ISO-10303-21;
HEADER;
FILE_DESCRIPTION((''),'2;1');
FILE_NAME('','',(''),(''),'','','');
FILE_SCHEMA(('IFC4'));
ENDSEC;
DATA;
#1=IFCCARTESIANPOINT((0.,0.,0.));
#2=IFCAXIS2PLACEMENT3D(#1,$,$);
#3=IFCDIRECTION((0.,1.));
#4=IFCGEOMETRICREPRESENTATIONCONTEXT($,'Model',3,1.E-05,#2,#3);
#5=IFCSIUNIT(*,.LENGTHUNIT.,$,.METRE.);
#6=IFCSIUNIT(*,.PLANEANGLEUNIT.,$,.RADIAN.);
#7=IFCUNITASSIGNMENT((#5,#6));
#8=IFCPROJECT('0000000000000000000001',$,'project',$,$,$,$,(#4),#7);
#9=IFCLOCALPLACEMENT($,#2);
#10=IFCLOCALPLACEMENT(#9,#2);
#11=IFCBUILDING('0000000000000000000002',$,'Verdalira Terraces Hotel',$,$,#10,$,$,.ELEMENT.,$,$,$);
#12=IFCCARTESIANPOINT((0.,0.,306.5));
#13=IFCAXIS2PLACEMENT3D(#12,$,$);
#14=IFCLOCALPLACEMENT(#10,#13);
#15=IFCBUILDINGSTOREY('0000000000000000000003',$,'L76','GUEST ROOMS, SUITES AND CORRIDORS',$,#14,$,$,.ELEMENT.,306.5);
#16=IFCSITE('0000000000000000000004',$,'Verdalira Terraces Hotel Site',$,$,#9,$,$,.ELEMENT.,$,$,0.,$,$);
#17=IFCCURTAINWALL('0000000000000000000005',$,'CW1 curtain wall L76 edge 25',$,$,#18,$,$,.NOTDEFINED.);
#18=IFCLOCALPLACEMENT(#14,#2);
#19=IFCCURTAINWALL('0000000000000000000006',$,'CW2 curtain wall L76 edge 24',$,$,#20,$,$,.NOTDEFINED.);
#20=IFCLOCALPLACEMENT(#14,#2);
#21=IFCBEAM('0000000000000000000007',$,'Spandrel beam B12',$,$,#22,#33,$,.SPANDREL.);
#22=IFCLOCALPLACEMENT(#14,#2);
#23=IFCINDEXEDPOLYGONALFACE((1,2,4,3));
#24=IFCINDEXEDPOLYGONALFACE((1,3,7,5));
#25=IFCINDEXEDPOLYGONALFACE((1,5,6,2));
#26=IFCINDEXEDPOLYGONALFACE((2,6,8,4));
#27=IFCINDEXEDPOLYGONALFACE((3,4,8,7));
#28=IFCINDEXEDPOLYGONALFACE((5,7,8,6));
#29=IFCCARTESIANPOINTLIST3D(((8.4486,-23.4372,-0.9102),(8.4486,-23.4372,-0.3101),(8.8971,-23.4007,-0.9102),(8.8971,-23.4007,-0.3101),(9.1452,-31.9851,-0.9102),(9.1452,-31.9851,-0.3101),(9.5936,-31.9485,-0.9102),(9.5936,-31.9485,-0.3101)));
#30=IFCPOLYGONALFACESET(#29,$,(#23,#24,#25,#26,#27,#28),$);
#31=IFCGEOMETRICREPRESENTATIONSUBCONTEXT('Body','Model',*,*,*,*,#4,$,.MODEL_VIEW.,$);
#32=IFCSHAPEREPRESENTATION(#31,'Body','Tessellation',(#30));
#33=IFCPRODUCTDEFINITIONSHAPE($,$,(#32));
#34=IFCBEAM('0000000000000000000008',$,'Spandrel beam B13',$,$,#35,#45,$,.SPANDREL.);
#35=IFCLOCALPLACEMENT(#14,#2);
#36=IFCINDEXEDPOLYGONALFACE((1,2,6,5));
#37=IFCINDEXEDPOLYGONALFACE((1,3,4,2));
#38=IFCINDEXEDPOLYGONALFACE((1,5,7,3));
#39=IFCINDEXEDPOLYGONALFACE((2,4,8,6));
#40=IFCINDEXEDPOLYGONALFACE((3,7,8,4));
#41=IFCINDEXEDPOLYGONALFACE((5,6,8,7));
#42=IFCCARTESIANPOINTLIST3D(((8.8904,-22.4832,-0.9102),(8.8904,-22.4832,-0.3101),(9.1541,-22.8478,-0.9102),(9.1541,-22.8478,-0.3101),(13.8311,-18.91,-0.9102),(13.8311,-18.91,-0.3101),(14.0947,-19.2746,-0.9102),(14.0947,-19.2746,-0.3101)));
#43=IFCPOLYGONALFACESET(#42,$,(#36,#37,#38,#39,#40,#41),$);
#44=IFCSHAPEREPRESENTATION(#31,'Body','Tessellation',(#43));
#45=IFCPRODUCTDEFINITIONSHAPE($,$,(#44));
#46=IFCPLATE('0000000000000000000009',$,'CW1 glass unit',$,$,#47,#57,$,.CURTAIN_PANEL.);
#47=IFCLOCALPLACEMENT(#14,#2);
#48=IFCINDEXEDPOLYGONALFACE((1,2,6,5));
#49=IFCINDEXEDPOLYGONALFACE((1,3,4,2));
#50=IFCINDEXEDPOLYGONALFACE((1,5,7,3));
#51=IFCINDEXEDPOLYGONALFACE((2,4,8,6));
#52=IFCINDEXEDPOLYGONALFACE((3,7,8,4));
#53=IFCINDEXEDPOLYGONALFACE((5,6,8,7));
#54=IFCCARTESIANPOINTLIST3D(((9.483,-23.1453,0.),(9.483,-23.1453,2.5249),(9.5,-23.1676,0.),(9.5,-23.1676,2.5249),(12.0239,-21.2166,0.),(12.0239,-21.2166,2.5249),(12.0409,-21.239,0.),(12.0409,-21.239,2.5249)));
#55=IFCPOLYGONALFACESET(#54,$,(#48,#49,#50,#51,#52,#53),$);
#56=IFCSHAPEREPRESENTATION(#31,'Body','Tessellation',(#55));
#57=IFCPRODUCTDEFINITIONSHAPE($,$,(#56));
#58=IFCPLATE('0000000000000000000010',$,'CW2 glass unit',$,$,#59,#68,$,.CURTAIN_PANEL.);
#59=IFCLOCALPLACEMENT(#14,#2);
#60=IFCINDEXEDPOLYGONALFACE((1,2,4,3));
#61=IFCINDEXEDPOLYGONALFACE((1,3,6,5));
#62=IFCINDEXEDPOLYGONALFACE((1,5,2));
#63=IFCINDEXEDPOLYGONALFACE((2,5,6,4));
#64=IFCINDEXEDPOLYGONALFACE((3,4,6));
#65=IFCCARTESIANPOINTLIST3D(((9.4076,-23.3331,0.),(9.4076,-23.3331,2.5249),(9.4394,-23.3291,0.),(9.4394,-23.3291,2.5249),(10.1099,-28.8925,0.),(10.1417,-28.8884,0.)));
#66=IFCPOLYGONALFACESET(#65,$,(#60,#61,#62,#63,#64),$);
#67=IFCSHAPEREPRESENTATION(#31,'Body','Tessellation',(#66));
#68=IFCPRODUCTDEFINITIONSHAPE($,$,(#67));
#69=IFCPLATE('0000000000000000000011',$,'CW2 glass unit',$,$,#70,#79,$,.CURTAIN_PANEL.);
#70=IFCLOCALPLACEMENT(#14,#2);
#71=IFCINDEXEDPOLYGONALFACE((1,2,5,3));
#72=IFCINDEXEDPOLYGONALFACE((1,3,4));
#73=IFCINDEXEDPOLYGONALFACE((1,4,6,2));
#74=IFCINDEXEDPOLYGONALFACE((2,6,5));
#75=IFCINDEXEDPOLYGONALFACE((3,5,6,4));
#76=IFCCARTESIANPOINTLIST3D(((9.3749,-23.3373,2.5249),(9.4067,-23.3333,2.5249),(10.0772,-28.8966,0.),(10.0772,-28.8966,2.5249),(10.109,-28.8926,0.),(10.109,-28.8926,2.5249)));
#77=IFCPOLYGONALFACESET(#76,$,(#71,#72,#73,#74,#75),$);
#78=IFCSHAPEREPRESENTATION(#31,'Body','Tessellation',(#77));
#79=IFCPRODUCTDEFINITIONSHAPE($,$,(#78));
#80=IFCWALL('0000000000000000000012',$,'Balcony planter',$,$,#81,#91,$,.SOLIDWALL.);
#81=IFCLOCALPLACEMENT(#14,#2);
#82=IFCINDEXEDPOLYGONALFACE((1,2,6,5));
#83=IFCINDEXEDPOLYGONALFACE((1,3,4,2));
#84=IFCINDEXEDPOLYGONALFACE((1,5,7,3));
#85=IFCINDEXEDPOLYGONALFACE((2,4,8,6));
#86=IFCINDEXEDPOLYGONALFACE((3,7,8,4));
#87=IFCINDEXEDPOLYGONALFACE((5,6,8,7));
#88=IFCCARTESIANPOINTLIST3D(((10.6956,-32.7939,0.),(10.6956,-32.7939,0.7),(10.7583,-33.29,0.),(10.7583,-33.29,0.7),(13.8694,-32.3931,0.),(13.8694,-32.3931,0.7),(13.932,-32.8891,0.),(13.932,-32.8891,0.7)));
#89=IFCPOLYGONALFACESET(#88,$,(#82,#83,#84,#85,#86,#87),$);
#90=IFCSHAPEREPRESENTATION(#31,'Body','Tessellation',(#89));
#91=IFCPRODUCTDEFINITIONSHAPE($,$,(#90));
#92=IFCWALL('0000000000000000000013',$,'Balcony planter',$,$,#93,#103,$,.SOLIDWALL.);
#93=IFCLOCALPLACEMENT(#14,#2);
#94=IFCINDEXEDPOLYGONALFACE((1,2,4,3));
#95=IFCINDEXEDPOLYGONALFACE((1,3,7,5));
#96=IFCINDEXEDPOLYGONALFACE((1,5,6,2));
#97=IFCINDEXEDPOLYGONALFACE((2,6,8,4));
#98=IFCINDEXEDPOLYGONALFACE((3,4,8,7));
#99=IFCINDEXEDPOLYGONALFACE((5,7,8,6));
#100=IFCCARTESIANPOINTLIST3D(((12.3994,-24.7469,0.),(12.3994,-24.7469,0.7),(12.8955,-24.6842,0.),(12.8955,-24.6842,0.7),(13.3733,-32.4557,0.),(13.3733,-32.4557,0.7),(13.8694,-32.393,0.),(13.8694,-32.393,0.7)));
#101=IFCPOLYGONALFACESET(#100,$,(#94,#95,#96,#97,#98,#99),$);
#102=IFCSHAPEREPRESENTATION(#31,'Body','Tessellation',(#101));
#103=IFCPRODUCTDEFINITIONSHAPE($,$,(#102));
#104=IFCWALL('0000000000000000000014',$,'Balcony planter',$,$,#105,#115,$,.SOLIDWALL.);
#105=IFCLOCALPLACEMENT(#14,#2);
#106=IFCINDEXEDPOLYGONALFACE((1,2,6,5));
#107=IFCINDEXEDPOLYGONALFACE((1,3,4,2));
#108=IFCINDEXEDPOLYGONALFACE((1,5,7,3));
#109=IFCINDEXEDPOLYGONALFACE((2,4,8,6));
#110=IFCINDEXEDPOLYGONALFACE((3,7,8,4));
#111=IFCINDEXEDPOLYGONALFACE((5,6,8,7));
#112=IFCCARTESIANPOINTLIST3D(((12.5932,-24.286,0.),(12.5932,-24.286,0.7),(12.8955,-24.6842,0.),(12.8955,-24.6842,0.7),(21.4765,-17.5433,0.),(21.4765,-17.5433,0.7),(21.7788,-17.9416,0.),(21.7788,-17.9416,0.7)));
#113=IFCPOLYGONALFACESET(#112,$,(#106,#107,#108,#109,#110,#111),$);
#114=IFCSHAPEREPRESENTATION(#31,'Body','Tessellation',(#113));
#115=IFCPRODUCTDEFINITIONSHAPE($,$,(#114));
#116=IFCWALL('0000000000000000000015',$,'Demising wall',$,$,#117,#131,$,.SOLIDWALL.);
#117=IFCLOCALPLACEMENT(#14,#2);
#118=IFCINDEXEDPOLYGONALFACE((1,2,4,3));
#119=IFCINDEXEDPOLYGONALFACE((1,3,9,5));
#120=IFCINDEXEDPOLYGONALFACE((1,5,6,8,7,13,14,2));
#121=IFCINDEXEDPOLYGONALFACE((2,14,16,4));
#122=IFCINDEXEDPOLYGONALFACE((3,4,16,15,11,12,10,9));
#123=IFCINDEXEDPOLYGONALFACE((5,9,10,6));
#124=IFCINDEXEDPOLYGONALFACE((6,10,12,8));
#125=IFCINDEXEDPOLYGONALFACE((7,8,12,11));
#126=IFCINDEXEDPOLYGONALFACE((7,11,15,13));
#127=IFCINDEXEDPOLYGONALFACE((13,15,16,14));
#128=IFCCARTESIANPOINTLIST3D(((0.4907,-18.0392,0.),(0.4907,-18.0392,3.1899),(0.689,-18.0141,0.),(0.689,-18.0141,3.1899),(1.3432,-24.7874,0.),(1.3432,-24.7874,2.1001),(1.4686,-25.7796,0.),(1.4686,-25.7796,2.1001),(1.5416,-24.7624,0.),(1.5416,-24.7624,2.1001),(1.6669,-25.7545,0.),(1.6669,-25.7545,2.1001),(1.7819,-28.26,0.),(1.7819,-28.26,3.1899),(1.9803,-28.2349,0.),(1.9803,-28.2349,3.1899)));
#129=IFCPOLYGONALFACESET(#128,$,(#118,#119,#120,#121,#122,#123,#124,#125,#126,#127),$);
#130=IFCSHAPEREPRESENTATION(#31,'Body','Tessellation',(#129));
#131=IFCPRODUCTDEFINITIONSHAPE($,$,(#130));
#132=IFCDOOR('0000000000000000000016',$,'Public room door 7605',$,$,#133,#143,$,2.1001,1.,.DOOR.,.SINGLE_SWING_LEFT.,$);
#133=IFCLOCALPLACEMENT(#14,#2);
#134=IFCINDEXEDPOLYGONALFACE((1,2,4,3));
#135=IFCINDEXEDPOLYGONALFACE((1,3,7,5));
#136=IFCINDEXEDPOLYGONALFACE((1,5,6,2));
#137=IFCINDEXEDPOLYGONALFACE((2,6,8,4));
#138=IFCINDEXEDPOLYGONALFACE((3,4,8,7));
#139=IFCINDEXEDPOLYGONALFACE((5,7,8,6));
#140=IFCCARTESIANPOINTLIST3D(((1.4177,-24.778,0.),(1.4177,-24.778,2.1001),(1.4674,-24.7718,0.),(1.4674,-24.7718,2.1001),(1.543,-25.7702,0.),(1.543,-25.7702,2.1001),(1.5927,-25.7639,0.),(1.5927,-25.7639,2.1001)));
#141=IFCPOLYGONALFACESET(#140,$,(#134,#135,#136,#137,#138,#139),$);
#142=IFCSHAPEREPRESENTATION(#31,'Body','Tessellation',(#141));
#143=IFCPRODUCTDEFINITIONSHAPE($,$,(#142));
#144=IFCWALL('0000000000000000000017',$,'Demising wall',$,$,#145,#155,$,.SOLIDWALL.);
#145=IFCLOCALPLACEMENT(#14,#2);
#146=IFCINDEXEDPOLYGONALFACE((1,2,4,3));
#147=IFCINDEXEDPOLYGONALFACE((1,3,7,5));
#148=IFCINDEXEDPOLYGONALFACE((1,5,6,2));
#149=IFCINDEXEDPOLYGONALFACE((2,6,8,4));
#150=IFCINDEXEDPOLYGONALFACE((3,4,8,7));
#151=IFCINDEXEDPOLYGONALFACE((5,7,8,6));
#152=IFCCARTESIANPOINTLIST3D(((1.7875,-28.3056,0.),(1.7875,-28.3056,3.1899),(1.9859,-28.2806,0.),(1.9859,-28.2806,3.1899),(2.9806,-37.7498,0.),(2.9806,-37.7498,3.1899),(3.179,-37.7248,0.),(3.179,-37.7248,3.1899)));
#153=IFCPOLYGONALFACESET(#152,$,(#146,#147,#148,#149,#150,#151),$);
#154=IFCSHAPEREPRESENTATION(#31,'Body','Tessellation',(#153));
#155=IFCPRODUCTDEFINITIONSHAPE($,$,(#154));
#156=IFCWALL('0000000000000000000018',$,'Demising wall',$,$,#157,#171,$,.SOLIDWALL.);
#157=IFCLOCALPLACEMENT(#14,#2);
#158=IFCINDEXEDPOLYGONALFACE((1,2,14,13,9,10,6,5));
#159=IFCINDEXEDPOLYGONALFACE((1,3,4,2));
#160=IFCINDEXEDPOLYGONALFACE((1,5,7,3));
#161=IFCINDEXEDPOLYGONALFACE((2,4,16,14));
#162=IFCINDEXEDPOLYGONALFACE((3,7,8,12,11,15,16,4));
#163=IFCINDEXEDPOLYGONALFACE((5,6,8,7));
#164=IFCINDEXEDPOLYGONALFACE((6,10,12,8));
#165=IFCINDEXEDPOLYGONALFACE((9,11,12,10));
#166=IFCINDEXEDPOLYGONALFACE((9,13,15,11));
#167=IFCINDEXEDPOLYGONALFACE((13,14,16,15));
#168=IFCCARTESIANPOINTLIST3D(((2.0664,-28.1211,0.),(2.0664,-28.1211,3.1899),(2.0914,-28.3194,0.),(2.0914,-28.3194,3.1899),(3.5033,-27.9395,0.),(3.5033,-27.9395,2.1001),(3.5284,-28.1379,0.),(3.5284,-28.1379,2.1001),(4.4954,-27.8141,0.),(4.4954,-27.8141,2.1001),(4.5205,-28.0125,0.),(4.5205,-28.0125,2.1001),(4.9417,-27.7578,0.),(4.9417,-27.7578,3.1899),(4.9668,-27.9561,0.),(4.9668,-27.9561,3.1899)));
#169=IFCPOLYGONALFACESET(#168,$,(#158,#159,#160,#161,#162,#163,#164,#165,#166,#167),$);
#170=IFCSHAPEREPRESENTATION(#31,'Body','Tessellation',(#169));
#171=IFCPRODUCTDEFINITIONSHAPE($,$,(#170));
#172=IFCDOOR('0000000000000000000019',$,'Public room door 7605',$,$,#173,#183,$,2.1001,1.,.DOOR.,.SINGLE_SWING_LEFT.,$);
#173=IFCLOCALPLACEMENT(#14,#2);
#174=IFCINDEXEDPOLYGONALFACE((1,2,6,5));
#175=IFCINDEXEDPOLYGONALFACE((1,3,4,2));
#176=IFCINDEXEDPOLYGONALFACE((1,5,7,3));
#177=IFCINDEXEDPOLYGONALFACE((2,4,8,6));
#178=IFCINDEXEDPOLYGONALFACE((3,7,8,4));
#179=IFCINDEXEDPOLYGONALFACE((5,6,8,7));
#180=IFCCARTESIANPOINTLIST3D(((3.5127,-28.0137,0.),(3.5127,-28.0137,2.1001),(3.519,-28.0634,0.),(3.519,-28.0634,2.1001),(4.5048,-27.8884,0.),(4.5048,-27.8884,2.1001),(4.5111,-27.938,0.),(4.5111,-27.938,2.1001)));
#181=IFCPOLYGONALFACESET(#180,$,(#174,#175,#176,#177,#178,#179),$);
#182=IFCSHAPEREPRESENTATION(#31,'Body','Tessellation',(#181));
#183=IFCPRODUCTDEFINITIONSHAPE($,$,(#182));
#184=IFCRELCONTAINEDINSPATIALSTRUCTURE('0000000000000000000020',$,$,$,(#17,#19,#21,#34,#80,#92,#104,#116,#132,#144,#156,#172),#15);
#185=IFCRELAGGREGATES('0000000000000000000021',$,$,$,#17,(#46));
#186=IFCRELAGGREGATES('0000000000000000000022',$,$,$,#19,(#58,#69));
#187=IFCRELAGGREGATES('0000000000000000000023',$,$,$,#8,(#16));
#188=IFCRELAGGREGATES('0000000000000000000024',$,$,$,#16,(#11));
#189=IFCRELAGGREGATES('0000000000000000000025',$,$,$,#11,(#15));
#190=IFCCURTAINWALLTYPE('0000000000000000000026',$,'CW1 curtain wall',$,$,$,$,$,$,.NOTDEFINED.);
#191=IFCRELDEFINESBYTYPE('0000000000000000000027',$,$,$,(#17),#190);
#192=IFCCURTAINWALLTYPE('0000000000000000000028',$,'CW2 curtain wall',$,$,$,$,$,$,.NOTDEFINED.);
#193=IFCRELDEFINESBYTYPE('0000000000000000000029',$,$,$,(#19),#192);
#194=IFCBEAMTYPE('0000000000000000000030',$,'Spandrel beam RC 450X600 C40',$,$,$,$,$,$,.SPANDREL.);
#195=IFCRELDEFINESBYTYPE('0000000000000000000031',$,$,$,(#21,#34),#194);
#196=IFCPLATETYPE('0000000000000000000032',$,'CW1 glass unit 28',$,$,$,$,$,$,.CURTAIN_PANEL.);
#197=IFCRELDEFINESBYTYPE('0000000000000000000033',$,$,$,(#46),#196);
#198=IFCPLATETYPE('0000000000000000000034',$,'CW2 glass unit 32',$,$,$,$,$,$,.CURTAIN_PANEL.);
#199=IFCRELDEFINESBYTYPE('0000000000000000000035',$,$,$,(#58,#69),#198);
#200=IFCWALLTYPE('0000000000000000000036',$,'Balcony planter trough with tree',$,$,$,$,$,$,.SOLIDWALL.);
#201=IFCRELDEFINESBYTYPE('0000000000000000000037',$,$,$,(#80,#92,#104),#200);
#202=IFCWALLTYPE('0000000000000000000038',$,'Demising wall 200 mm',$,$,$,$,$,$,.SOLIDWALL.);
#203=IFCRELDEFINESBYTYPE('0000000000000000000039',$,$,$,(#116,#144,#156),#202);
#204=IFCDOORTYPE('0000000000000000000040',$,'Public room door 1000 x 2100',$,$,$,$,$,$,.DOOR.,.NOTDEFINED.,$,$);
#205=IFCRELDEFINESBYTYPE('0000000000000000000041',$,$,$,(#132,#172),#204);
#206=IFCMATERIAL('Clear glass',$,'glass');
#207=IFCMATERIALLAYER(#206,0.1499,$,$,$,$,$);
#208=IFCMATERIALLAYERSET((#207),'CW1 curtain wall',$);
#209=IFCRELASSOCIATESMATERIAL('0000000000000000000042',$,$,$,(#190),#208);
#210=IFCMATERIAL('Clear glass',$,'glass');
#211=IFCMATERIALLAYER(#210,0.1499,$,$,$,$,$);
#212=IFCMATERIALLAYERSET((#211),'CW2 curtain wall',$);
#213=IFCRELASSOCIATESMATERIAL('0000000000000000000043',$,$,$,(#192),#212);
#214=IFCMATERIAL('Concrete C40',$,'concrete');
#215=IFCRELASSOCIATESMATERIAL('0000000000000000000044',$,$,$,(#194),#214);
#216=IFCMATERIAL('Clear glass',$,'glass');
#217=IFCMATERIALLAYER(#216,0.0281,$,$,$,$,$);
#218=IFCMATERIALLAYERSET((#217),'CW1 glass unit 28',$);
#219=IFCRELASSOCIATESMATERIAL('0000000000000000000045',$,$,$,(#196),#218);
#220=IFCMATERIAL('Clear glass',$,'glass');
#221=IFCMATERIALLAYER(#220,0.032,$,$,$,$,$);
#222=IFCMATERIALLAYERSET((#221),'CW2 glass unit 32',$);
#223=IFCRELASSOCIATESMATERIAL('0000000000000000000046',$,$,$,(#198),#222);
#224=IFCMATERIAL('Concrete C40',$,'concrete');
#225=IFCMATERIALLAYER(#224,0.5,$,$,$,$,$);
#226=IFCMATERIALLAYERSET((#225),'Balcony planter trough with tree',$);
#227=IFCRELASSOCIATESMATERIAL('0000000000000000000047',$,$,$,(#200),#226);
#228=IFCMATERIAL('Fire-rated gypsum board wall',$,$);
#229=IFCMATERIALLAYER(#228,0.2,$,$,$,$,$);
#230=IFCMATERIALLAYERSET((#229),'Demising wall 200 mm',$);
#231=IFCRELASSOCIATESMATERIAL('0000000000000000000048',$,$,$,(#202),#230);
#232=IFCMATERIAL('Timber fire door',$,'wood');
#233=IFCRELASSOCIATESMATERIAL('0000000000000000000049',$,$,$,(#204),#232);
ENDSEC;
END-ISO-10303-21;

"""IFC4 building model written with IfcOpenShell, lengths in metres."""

from ifc_helpers import new_model, si_unit, direction, frame, frame_2d, origin, origin_2d, place, context, subcontext, project, spatial, polyline, rectangle, outline, extrude, material, layer, layer_set, material_profile, profile_set, type_object, element, fill, aggregate, save


model = new_model("IFC4")

# Units and contexts
model_context = context("Model", 3, precision=1e-05, world=origin(), true_north=direction((0.0, 1.0)))
body_context = subcontext(model_context, "Body", "Model", "MODEL_VIEW")
ifc_project = project(units=[si_unit("LENGTHUNIT", "METRE"), si_unit("PLANEANGLEUNIT", "RADIAN")], contexts=[model_context])

# Site, building, storey
site_placement = place(None, origin())
site = spatial("IfcSite", under=ifc_project, at=site_placement, Name="Verdalira Terraces Hotel Site", CompositionType="ELEMENT", RefElevation=0.0)
building_placement = place(site_placement, origin())
building = spatial("IfcBuilding", under=site, at=building_placement, Name="Verdalira Terraces Hotel", CompositionType="ELEMENT")
storey_placement = place(building_placement, frame((0.0, 0.0, 306.5)))
storey = spatial("IfcBuildingStorey", under=building, at=storey_placement, Name="L76", Description="GUEST ROOMS, SUITES AND CORRIDORS", CompositionType="ELEMENT", Elevation=306.5)

# Curtain walls
ifc_material_1 = material(Name="Clear glass", Category="glass")
ifc_layer_1 = layer(ifc_material_1, 0.1499)
ifc_layer_set_1 = layer_set([ifc_layer_1], Name="CW1 curtain wall")
curtain_wall_type_1 = type_object("IfcCurtainWallType", Name="CW1 curtain wall", PredefinedType="NOTDEFINED", material=ifc_layer_set_1)
curtain_wall_1_placement = place(storey_placement, origin())
curtain_wall_1 = element("IfcCurtainWall", 1, at=curtain_wall_1_placement, inside=storey, type_object=curtain_wall_type_1, Name="CW1 curtain wall L76 edge 25", PredefinedType="NOTDEFINED")
ifc_material_2 = material(Name="Clear glass", Category="glass")
ifc_layer_2 = layer(ifc_material_2, 0.1499)
ifc_layer_set_2 = layer_set([ifc_layer_2], Name="CW2 curtain wall")
curtain_wall_type_2 = type_object("IfcCurtainWallType", Name="CW2 curtain wall", PredefinedType="NOTDEFINED", material=ifc_layer_set_2)
curtain_wall_2_placement = place(storey_placement, origin())
curtain_wall_2 = element("IfcCurtainWall", 2, at=curtain_wall_2_placement, inside=storey, type_object=curtain_wall_type_2, Name="CW2 curtain wall L76 edge 24", PredefinedType="NOTDEFINED")

# Beams
ifc_material_3 = material(Name="Concrete C40", Category="concrete")
ifc_material_profile_1 = material_profile(ifc_material_3, rectangle(XDim=0.45, YDim=0.6001, at=origin_2d()), Name="RC 450X600")
ifc_profile_set_1 = profile_set([ifc_material_profile_1], Name="Concrete C40")
beam_type_1 = type_object("IfcBeamType", Name="Spandrel beam RC 450X600 C40", PredefinedType="SPANDREL", material=ifc_profile_set_1)
beam_1_placement = place(storey_placement, frame((9.3694, -31.9668, -0.6101), z_axis=(-0.081217, 0.996696, 0.0), x_axis=(-0.996696, -0.081217, 0.0)))
element("IfcBeam", 3, at=beam_1_placement, inside=storey, type_object=beam_type_1, Name="Spandrel beam B12", PredefinedType="SPANDREL", context=body_context, shape_type="SweptSolid", body=[
    extrude(rectangle(XDim=0.45, YDim=0.6001, at=origin_2d()), origin(), (0.0, 0.0, 1.0), 8.5762),
])
beam_2_placement = place(storey_placement, frame((9.0222, -22.6655, -0.6101), z_axis=(0.810292, 0.586027, 0.0), x_axis=(-0.586027, 0.810292, 0.0)))
element("IfcBeam", 4, at=beam_2_placement, inside=storey, type_object=beam_type_1, Name="Spandrel beam B13", PredefinedType="SPANDREL", context=body_context, shape_type="SweptSolid", body=[
    extrude(rectangle(XDim=0.45, YDim=0.6001, at=origin_2d()), origin(), (0.0, 0.0, 1.0), 6.0974),
])

# Plates
ifc_material_4 = material(Name="Clear glass", Category="glass")
ifc_layer_3 = layer(ifc_material_4, 0.0281)
ifc_layer_set_3 = layer_set([ifc_layer_3], Name="CW1 glass unit 28")
plate_type_1 = type_object("IfcPlateType", Name="CW1 glass unit 28", PredefinedType="CURTAIN_PANEL", material=ifc_layer_set_3)
plate_1_placement = place(storey_placement, frame((10.762, -22.1921, 0.0), z_axis=(0.0, 0.0, 1.0), x_axis=(0.79653, 0.604599, 0.0)))
plate_1 = element("IfcPlate", 5, at=plate_1_placement, type_object=plate_type_1, Name="CW1 glass unit", PredefinedType="CURTAIN_PANEL", context=body_context, shape_type="SweptSolid", body=[
    extrude(rectangle(XDim=3.1899, YDim=0.0281, at=origin_2d()), origin(), (0.0, 0.0, 1.0), 2.5249),
])
aggregate(curtain_wall_1, [plate_1])
ifc_material_5 = material(Name="Clear glass", Category="glass")
ifc_layer_4 = layer(ifc_material_5, 0.032)
ifc_layer_set_4 = layer_set([ifc_layer_4], Name="CW2 glass unit 32")
plate_type_2 = type_object("IfcPlateType", Name="CW2 glass unit 32", PredefinedType="CURTAIN_PANEL", material=ifc_layer_set_4)
plate_2_placement = place(storey_placement, frame((9.7588, -26.1128, 1.2625), z_axis=(0.992115, 0.125333, 0.0), x_axis=(-0.125333, 0.992115, 0.0)))
plate_2 = element("IfcPlate", 6, at=plate_2_placement, type_object=plate_type_2, Name="CW2 glass unit", PredefinedType="CURTAIN_PANEL", context=body_context, shape_type="SweptSolid", body=[
    extrude(outline(polyline([(-2.8018, -1.2625), (2.8018, -1.2625), (2.8018, 1.2625), (-2.8018, -1.2625)])), origin(), (0.0, 0.0, 1.0), 0.032),
])
plate_3_placement = place(storey_placement, frame((9.7261, -26.1169, 1.2625), z_axis=(0.992115, 0.125333, 0.0), x_axis=(-0.125333, 0.992115, 0.0)))
plate_3 = element("IfcPlate", 7, at=plate_3_placement, type_object=plate_type_2, Name="CW2 glass unit", PredefinedType="CURTAIN_PANEL", context=body_context, shape_type="SweptSolid", body=[
    extrude(outline(polyline([(-2.8018, -1.2625), (2.8018, 1.2625), (-2.8018, 1.2625), (-2.8018, -1.2625)])), origin(), (0.0, 0.0, 1.0), 0.032),
])
aggregate(curtain_wall_2, [plate_2, plate_3])

# Walls
ifc_material_6 = material(Name="Concrete C40", Category="concrete")
ifc_layer_5 = layer(ifc_material_6, 0.5)
ifc_layer_set_5 = layer_set([ifc_layer_5], Name="Balcony planter trough with tree")
wall_type_1 = type_object("IfcWallType", Name="Balcony planter trough with tree", PredefinedType="SOLIDWALL", material=ifc_layer_set_5)
wall_1_placement = place(storey_placement, frame((10.7268, -33.042, 0.0), z_axis=(0.0, 0.0, 1.0), x_axis=(0.992117, 0.125312, 0.0)))
element("IfcWall", 8, at=wall_1_placement, inside=storey, type_object=wall_type_1, Name="Balcony planter", PredefinedType="SOLIDWALL", context=body_context, shape_type="SweptSolid", body=[
    extrude(rectangle(XDim=3.199, YDim=0.5, at=frame_2d((1.5996, 0.0))), origin(), (0.0, 0.0, 1.0), 0.7),
])
wall_2_placement = place(storey_placement, frame((13.6213, -32.4243, 0.0), z_axis=(0.0, 0.0, 1.0), x_axis=(-0.125338, 0.992114, 0.0)))
element("IfcWall", 9, at=wall_2_placement, inside=storey, type_object=wall_type_1, Name="Balcony planter", PredefinedType="SOLIDWALL", context=body_context, shape_type="SweptSolid", body=[
    extrude(rectangle(XDim=7.77, YDim=0.5, at=frame_2d((3.885, 0.0))), origin(), (0.0, 0.0, 1.0), 0.7),
])
wall_3_placement = place(storey_placement, frame((12.7444, -24.4851, 0.0), z_axis=(0.0, 0.0, 1.0), x_axis=(0.796535, 0.604592, 0.0)))
element("IfcWall", 10, at=wall_3_placement, inside=storey, type_object=wall_type_1, Name="Balcony planter", PredefinedType="SOLIDWALL", context=body_context, shape_type="SweptSolid", body=[
    extrude(rectangle(XDim=11.1523, YDim=0.5, at=frame_2d((5.5762, 0.0))), origin(), (0.0, 0.0, 1.0), 0.7),
])

# Wall, opening, door
ifc_material_7 = material(Name="Fire-rated gypsum board wall")
ifc_layer_6 = layer(ifc_material_7, 0.2)
ifc_layer_set_6 = layer_set([ifc_layer_6], Name="Demising wall 200 mm")
wall_type_2 = type_object("IfcWallType", Name="Demising wall 200 mm", PredefinedType="SOLIDWALL", material=ifc_layer_set_6)
wall_4_placement = place(storey_placement, frame((1.8811, -28.2473, 0.0), z_axis=(0.0, 0.0, 1.0), x_axis=(-0.125341, 0.992114, 0.0)))
wall_4 = element("IfcWall", 11, at=wall_4_placement, inside=storey, type_object=wall_type_2, Name="Demising wall", PredefinedType="SOLIDWALL", context=body_context, shape_type="SweptSolid", body=[
    extrude(rectangle(XDim=10.302, YDim=0.2, at=frame_2d((5.1509, 0.0))), origin(), (0.0, 0.0, 1.0), 3.1899),
])
opening_1_placement = place(wall_4_placement, frame((2.5, 0.0, 0.0)))
opening_1 = element("IfcOpeningElement", 12, at=opening_1_placement, cuts=wall_4, PredefinedType="OPENING", context=body_context, shape_type="SweptSolid", body=[
    extrude(rectangle(XDim=1.0, YDim=2.1001, at=frame_2d((0.5, 1.05))), frame((0.0, 0.1099, 0.0), z_axis=(0.0, -1.0, 0.0), x_axis=(1.0, 0.0, 0.0)), (0.0, 0.0, 1.0), 0.22),
])
ifc_material_8 = material(Name="Timber fire door", Category="wood")
door_type_1 = type_object("IfcDoorType", Name="Public room door 1000 x 2100", OperationType="NOTDEFINED", PredefinedType="DOOR", material=ifc_material_8)
door_1_placement = place(opening_1_placement, origin())
door_1 = element("IfcDoor", 13, at=door_1_placement, inside=storey, type_object=door_type_1, Name="Public room door 7605", OperationType="SINGLE_SWING_LEFT", OverallHeight=2.1001, OverallWidth=1.0, PredefinedType="DOOR", context=body_context, shape_type="SweptSolid", body=[
    extrude(rectangle(XDim=1.0, YDim=2.1001, at=frame_2d((0.5, 1.05))), frame((0.0, 0.0249, 0.0), z_axis=(0.0, -1.0, 0.0), x_axis=(1.0, 0.0, 0.0)), (0.0, 0.0, 1.0), 0.05),
])
fill(opening_1, door_1)

# Wall
wall_5_placement = place(storey_placement, frame((1.8867, -28.293, 0.0), z_axis=(0.0, 0.0, 1.0), x_axis=(0.125335, -0.992114, 0.0)))
element("IfcWall", 14, at=wall_5_placement, inside=storey, type_object=wall_type_2, Name="Demising wall", PredefinedType="SOLIDWALL", context=body_context, shape_type="SweptSolid", body=[
    extrude(rectangle(XDim=9.5193, YDim=0.2, at=frame_2d((4.7598, 0.0))), origin(), (0.0, 0.0, 1.0), 3.1899),
])

# Wall, opening, door
wall_6_placement = place(storey_placement, frame((4.9543, -27.8569, 0.0), z_axis=(0.0, 0.0, 1.0), x_axis=(-0.992112, -0.125351, 0.0)))
wall_6 = element("IfcWall", 15, at=wall_6_placement, inside=storey, type_object=wall_type_2, Name="Demising wall", PredefinedType="SOLIDWALL", context=body_context, shape_type="SweptSolid", body=[
    extrude(rectangle(XDim=2.8982, YDim=0.2, at=frame_2d((1.4492, 0.0))), origin(), (0.0, 0.0, 1.0), 3.1899),
])
opening_2_placement = place(wall_6_placement, frame((0.45, 0.0, 0.0)))
opening_2 = element("IfcOpeningElement", 16, at=opening_2_placement, cuts=wall_6, PredefinedType="OPENING", context=body_context, shape_type="SweptSolid", body=[
    extrude(rectangle(XDim=1.0, YDim=2.1001, at=frame_2d((0.5, 1.05))), frame((0.0, 0.1099, 0.0), z_axis=(0.0, -1.0, 0.0), x_axis=(1.0, 0.0, 0.0)), (0.0, 0.0, 1.0), 0.22),
])
door_2_placement = place(opening_2_placement, origin())
door_2 = element("IfcDoor", 17, at=door_2_placement, inside=storey, type_object=door_type_1, Name="Public room door 7605", OperationType="SINGLE_SWING_LEFT", OverallHeight=2.1001, OverallWidth=1.0, PredefinedType="DOOR", context=body_context, shape_type="SweptSolid", body=[
    extrude(rectangle(XDim=1.0, YDim=2.1001, at=frame_2d((0.5, 1.05))), frame((0.0, 0.0249, 0.0), z_axis=(0.0, -1.0, 0.0), x_axis=(1.0, 0.0, 0.0)), (0.0, 0.0, 1.0), 0.05),
])
fill(opening_2, door_2)

save(model, "model.ifc")
